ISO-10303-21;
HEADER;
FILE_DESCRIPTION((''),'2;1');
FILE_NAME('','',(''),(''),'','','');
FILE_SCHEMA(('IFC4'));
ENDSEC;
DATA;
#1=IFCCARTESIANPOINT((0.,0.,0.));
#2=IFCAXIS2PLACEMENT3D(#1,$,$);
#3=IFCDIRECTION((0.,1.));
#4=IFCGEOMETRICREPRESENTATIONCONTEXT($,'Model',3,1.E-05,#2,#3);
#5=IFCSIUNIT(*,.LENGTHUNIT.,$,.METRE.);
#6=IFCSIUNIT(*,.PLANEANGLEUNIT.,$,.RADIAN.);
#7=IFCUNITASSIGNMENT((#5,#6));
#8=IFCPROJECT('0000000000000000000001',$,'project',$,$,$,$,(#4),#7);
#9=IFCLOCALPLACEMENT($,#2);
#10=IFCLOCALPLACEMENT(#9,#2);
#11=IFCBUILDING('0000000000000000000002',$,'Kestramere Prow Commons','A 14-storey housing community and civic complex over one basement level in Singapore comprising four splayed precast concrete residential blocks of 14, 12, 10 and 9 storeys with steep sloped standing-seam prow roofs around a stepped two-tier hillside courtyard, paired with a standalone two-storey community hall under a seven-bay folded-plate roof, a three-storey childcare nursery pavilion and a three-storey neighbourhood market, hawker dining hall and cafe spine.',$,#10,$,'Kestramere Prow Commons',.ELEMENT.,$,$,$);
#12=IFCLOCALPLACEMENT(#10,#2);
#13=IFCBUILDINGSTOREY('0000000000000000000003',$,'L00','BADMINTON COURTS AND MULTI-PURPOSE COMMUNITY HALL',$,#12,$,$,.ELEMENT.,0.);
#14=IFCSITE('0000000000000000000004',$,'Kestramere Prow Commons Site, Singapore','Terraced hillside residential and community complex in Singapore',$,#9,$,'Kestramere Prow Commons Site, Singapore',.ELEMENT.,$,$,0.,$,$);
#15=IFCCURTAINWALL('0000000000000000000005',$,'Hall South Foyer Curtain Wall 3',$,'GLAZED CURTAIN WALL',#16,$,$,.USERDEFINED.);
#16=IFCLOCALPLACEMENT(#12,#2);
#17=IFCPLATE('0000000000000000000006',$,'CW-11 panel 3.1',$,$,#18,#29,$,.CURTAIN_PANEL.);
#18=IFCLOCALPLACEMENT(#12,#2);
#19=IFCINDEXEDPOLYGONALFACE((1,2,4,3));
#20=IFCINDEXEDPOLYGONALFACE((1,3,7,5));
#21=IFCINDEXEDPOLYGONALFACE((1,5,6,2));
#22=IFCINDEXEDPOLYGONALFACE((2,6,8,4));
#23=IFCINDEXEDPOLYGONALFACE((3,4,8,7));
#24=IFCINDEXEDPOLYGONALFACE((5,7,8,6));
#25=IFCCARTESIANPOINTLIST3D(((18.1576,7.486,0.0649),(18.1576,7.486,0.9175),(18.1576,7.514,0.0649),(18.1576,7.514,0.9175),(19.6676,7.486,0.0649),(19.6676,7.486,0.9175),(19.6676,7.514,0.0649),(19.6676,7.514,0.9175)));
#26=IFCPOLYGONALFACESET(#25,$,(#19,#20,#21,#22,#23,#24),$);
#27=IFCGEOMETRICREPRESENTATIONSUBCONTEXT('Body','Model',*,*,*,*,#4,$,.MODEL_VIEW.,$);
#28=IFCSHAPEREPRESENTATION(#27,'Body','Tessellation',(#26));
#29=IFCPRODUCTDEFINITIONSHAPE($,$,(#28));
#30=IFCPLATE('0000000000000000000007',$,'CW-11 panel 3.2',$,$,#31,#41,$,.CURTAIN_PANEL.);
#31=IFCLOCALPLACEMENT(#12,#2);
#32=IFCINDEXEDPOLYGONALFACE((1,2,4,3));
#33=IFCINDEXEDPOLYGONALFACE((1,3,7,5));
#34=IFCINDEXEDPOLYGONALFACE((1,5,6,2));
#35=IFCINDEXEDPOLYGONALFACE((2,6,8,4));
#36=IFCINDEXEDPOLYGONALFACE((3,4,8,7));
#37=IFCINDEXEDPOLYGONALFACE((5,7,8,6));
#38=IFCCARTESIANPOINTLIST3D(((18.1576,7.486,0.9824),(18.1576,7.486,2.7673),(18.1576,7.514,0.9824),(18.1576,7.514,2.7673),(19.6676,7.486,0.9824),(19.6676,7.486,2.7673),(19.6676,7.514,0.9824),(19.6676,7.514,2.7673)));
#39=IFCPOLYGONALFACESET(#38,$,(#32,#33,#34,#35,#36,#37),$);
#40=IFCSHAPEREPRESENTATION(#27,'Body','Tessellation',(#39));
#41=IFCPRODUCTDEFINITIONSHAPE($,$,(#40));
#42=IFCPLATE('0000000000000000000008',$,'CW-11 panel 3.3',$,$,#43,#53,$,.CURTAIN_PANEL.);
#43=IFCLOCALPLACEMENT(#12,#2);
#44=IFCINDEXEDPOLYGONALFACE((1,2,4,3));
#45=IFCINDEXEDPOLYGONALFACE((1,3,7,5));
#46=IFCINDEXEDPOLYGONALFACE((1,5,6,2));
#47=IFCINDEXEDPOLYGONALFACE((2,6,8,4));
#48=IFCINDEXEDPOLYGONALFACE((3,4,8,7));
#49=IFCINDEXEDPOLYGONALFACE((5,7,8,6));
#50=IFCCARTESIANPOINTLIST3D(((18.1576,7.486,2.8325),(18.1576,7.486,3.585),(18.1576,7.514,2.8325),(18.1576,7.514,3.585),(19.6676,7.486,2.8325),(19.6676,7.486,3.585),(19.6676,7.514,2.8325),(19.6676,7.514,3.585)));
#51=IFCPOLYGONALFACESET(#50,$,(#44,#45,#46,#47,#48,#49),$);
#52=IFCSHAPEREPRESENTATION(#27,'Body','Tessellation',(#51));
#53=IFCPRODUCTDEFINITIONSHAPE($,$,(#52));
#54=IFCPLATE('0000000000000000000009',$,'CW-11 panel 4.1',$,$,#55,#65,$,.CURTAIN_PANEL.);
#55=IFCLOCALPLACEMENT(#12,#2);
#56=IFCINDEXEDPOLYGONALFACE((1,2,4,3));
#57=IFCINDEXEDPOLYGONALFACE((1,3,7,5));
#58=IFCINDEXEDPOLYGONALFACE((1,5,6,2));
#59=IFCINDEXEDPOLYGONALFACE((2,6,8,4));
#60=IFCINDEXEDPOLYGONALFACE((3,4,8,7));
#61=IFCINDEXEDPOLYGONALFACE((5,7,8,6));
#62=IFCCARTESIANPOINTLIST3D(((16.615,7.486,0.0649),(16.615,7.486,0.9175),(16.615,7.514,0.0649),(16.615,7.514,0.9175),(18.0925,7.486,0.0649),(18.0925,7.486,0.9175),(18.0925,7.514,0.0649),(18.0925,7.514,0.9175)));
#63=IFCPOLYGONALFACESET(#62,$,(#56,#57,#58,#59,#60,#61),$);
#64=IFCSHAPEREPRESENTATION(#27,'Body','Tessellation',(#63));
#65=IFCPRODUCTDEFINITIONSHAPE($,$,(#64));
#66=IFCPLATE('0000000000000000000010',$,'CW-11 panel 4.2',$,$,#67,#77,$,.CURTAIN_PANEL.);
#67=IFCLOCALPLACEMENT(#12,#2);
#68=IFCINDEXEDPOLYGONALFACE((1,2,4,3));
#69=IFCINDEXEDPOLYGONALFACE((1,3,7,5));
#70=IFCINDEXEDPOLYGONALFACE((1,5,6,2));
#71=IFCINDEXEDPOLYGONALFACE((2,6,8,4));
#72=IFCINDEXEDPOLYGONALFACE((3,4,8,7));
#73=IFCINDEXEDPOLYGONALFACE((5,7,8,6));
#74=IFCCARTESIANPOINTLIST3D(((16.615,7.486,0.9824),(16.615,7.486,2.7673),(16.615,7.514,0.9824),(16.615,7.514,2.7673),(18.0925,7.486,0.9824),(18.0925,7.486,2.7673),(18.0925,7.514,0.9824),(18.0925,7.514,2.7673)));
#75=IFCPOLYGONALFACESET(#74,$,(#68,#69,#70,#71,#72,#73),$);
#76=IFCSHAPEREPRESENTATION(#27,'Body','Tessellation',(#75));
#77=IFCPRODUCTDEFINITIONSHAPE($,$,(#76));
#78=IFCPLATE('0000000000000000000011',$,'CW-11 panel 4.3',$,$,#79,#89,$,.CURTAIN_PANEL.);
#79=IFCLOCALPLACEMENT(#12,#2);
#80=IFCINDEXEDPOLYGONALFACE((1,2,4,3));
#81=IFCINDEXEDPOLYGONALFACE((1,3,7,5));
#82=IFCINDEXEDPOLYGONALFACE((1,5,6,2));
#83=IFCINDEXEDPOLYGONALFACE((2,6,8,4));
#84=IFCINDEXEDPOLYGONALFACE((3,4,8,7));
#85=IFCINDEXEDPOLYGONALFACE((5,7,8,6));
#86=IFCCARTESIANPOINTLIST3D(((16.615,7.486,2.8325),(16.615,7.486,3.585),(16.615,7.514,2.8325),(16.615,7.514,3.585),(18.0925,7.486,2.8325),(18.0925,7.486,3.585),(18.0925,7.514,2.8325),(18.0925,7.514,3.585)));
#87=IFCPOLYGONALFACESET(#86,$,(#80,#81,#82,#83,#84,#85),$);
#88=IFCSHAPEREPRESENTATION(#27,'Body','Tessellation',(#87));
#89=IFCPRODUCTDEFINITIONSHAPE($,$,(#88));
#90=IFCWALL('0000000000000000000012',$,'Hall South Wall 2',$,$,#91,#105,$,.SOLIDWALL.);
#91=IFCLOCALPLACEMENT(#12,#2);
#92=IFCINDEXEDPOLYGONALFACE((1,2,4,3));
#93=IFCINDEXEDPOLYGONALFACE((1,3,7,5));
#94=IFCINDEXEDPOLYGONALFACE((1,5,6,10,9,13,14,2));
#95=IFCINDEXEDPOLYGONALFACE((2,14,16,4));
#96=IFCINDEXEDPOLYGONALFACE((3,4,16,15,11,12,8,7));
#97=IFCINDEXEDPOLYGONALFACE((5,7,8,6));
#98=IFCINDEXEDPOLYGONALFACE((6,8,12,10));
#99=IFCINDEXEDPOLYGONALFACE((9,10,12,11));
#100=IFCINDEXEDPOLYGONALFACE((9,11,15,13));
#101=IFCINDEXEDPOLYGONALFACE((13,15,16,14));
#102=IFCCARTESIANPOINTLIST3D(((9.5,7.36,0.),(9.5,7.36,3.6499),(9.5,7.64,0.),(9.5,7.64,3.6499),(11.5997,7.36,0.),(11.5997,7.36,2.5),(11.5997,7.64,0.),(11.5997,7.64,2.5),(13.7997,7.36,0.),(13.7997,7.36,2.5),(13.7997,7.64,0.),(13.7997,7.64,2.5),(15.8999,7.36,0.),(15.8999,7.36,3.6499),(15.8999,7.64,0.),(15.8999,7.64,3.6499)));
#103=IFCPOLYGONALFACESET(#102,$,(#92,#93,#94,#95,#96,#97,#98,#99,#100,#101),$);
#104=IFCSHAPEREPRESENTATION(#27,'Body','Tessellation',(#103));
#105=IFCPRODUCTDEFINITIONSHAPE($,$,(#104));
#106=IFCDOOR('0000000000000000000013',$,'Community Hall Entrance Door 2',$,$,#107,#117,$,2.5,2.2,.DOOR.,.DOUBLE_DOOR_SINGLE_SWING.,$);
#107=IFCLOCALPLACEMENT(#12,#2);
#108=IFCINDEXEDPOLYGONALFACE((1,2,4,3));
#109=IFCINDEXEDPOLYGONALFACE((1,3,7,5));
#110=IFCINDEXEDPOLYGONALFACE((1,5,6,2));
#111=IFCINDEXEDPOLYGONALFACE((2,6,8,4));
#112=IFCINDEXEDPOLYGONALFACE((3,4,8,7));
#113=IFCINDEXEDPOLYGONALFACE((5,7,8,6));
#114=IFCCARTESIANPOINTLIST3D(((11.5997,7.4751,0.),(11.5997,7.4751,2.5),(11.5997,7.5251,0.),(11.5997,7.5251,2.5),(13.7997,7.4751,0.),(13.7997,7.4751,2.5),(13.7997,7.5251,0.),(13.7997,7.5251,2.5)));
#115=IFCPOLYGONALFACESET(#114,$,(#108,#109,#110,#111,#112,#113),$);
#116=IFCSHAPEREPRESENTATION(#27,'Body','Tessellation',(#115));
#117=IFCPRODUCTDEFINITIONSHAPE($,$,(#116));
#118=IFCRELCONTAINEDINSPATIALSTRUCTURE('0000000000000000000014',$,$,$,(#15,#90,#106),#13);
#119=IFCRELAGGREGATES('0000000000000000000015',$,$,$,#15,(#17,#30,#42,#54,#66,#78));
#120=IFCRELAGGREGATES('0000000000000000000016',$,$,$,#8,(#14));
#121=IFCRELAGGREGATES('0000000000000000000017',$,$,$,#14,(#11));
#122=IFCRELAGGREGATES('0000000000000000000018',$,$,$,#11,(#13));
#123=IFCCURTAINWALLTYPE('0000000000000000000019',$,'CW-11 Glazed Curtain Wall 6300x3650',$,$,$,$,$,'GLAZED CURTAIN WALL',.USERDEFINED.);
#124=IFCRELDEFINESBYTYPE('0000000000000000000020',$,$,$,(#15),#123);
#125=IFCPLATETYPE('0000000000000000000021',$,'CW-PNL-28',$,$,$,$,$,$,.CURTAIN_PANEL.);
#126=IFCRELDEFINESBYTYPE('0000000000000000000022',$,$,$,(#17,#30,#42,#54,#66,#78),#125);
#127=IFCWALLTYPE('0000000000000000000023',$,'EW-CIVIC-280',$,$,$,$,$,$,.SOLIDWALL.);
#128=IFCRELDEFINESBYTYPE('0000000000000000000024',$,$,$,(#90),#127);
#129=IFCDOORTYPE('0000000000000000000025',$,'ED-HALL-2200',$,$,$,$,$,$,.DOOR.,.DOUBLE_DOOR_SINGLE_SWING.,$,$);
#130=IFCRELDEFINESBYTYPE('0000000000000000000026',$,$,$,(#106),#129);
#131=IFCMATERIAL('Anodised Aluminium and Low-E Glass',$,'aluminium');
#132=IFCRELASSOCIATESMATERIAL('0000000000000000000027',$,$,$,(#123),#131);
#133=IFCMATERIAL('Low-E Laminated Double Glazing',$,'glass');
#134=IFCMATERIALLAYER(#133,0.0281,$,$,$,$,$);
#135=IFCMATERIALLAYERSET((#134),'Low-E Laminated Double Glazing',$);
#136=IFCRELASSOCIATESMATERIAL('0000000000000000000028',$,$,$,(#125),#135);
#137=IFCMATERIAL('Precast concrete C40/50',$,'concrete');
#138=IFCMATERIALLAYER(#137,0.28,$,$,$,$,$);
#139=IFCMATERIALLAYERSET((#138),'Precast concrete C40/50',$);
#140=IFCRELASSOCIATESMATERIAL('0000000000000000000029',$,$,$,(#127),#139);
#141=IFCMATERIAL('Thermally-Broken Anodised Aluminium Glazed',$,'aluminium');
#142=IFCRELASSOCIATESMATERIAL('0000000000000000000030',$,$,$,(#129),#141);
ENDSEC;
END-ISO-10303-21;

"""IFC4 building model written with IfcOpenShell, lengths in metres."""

from ifc_helpers import new_model, si_unit, direction, frame, frame_2d, origin, origin_2d, place, context, subcontext, project, spatial, rectangle, extrude, material, layer, layer_set, type_object, element, fill, aggregate, save


model = new_model("IFC4")

# Units and contexts
model_context = context("Model", 3, precision=1e-05, world=origin(), true_north=direction((0.0, 1.0)))
body_context = subcontext(model_context, "Body", "Model", "MODEL_VIEW")
ifc_project = project(units=[si_unit("LENGTHUNIT", "METRE"), si_unit("PLANEANGLEUNIT", "RADIAN")], contexts=[model_context])

# Site, building, storey
site_placement = place(None, origin())
site = spatial("IfcSite", under=ifc_project, at=site_placement, Name="Kestramere Prow Commons Site, Singapore", Description="Terraced hillside residential and community complex in Singapore", LongName="Kestramere Prow Commons Site, Singapore", CompositionType="ELEMENT", RefElevation=0.0)
building_placement = place(site_placement, origin())
building = spatial("IfcBuilding", under=site, at=building_placement, Name="Kestramere Prow Commons", Description="A 14-storey housing community and civic complex over one basement level in Singapore comprising four splayed precast concrete residential blocks of 14, 12, 10 and 9 storeys with steep sloped standing-seam prow roofs around a stepped two-tier hillside courtyard, paired with a standalone two-storey community hall under a seven-bay folded-plate roof, a three-storey childcare nursery pavilion and a three-storey neighbourhood market, hawker dining hall and cafe spine.", LongName="Kestramere Prow Commons", CompositionType="ELEMENT")
storey_placement = place(building_placement, origin())
storey = spatial("IfcBuildingStorey", under=building, at=storey_placement, Name="L00", Description="BADMINTON COURTS AND MULTI-PURPOSE COMMUNITY HALL", CompositionType="ELEMENT", Elevation=0.0)

# Shared definitions
ifc_material_1 = material(Name="Precast concrete C40/50", Category="concrete")

# Curtain wall
ifc_material_2 = material(Name="Anodised Aluminium and Low-E Glass", Category="aluminium")
curtain_wall_type = type_object("IfcCurtainWallType", Name="CW-11 Glazed Curtain Wall 6300x3650", ElementType="GLAZED CURTAIN WALL", PredefinedType="USERDEFINED", material=ifc_material_2)
curtain_wall_placement = place(storey_placement, origin())
curtain_wall = element("IfcCurtainWall", 1, at=curtain_wall_placement, inside=storey, type_object=curtain_wall_type, Name="Hall South Foyer Curtain Wall 3", ObjectType="GLAZED CURTAIN WALL", PredefinedType="USERDEFINED")

# Plates
ifc_material_3 = material(Name="Low-E Laminated Double Glazing", Category="glass")
ifc_layer_1 = layer(ifc_material_3, 0.0281)
ifc_layer_set_1 = layer_set([ifc_layer_1], Name="Low-E Laminated Double Glazing")
plate_type = type_object("IfcPlateType", Name="CW-PNL-28", PredefinedType="CURTAIN_PANEL", material=ifc_layer_set_1)
plate_1_placement = place(storey_placement, frame((18.9126, 7.5, 0.0649), z_axis=(0.0, 0.0, 1.0), x_axis=(-1.0, 0.0, 0.0)))
plate_1 = element("IfcPlate", 2, at=plate_1_placement, type_object=plate_type, Name="CW-11 panel 3.1", PredefinedType="CURTAIN_PANEL", context=body_context, shape_type="SweptSolid", body=[
    extrude(rectangle(XDim=1.51, YDim=0.0281, at=origin_2d()), origin(), (0.0, 0.0, 1.0), 0.8525),
])
plate_2_placement = place(storey_placement, frame((18.9126, 7.5, 0.9824), z_axis=(0.0, 0.0, 1.0), x_axis=(-1.0, 0.0, 0.0)))
plate_2 = element("IfcPlate", 3, at=plate_2_placement, type_object=plate_type, Name="CW-11 panel 3.2", PredefinedType="CURTAIN_PANEL", context=body_context, shape_type="SweptSolid", body=[
    extrude(rectangle(XDim=1.51, YDim=0.0281, at=origin_2d()), origin(), (0.0, 0.0, 1.0), 1.7849),
])
plate_3_placement = place(storey_placement, frame((18.9126, 7.5, 2.8325), z_axis=(0.0, 0.0, 1.0), x_axis=(-1.0, 0.0, 0.0)))
plate_3 = element("IfcPlate", 4, at=plate_3_placement, type_object=plate_type, Name="CW-11 panel 3.3", PredefinedType="CURTAIN_PANEL", context=body_context, shape_type="SweptSolid", body=[
    extrude(rectangle(XDim=1.51, YDim=0.0281, at=origin_2d()), origin(), (0.0, 0.0, 1.0), 0.7524),
])
plate_4_placement = place(storey_placement, frame((17.3538, 7.5, 0.0649), z_axis=(0.0, 0.0, 1.0), x_axis=(-1.0, 0.0, 0.0)))
plate_4 = element("IfcPlate", 5, at=plate_4_placement, type_object=plate_type, Name="CW-11 panel 4.1", PredefinedType="CURTAIN_PANEL", context=body_context, shape_type="SweptSolid", body=[
    extrude(rectangle(XDim=1.4775, YDim=0.0281, at=origin_2d()), origin(), (0.0, 0.0, 1.0), 0.8525),
])
plate_5_placement = place(storey_placement, frame((17.3538, 7.5, 0.9824), z_axis=(0.0, 0.0, 1.0), x_axis=(-1.0, 0.0, 0.0)))
plate_5 = element("IfcPlate", 6, at=plate_5_placement, type_object=plate_type, Name="CW-11 panel 4.2", PredefinedType="CURTAIN_PANEL", context=body_context, shape_type="SweptSolid", body=[
    extrude(rectangle(XDim=1.4775, YDim=0.0281, at=origin_2d()), origin(), (0.0, 0.0, 1.0), 1.7849),
])
plate_6_placement = place(storey_placement, frame((17.3538, 7.5, 2.8325), z_axis=(0.0, 0.0, 1.0), x_axis=(-1.0, 0.0, 0.0)))
plate_6 = element("IfcPlate", 7, at=plate_6_placement, type_object=plate_type, Name="CW-11 panel 4.3", PredefinedType="CURTAIN_PANEL", context=body_context, shape_type="SweptSolid", body=[
    extrude(rectangle(XDim=1.4775, YDim=0.0281, at=origin_2d()), origin(), (0.0, 0.0, 1.0), 0.7524),
])
aggregate(curtain_wall, [plate_1, plate_2, plate_3, plate_4, plate_5, plate_6])

# Wall, opening, door
ifc_layer_2 = layer(ifc_material_1, 0.28)
ifc_layer_set_2 = layer_set([ifc_layer_2], Name="Precast concrete C40/50")
wall_type = type_object("IfcWallType", Name="EW-CIVIC-280", PredefinedType="SOLIDWALL", material=ifc_layer_set_2)
wall_placement = place(storey_placement, frame((15.8999, 7.5, 0.0), z_axis=(0.0, 0.0, 1.0), x_axis=(-1.0, 0.0, 0.0)))
wall = element("IfcWall", 8, at=wall_placement, inside=storey, type_object=wall_type, Name="Hall South Wall 2", PredefinedType="SOLIDWALL", context=body_context, shape_type="SweptSolid", body=[
    extrude(rectangle(XDim=6.3999, YDim=0.28, at=frame_2d((3.2, 0.0))), origin(), (0.0, 0.0, 1.0), 3.6499),
])
opening_placement = place(wall_placement, frame((2.1001, 0.0, 0.0)))
opening = element("IfcOpeningElement", 9, at=opening_placement, cuts=wall, PredefinedType="OPENING", context=body_context, shape_type="SweptSolid", body=[
    extrude(rectangle(XDim=2.2, YDim=2.5, at=frame_2d((1.1001, 1.25))), frame((0.0, 0.155, 0.0), z_axis=(0.0, -1.0, 0.0), x_axis=(1.0, 0.0, 0.0)), (0.0, 0.0, 1.0), 0.3101),
])
ifc_material_4 = material(Name="Thermally-Broken Anodised Aluminium Glazed", Category="aluminium")
door_type = type_object("IfcDoorType", Name="ED-HALL-2200", OperationType="DOUBLE_DOOR_SINGLE_SWING", PredefinedType="DOOR", material=ifc_material_4)
door_placement = place(opening_placement, origin())
door = element("IfcDoor", 10, at=door_placement, inside=storey, type_object=door_type, Name="Community Hall Entrance Door 2", OperationType="DOUBLE_DOOR_SINGLE_SWING", OverallHeight=2.5, OverallWidth=2.2, PredefinedType="DOOR", context=body_context, shape_type="SweptSolid", body=[
    extrude(rectangle(XDim=2.2, YDim=2.5, at=frame_2d((1.1001, 1.25))), frame((0.0, 0.0249, 0.0), z_axis=(0.0, -1.0, 0.0), x_axis=(1.0, 0.0, 0.0)), (0.0, 0.0, 1.0), 0.05),
])
fill(opening, door)

save(model, "model.ifc")
